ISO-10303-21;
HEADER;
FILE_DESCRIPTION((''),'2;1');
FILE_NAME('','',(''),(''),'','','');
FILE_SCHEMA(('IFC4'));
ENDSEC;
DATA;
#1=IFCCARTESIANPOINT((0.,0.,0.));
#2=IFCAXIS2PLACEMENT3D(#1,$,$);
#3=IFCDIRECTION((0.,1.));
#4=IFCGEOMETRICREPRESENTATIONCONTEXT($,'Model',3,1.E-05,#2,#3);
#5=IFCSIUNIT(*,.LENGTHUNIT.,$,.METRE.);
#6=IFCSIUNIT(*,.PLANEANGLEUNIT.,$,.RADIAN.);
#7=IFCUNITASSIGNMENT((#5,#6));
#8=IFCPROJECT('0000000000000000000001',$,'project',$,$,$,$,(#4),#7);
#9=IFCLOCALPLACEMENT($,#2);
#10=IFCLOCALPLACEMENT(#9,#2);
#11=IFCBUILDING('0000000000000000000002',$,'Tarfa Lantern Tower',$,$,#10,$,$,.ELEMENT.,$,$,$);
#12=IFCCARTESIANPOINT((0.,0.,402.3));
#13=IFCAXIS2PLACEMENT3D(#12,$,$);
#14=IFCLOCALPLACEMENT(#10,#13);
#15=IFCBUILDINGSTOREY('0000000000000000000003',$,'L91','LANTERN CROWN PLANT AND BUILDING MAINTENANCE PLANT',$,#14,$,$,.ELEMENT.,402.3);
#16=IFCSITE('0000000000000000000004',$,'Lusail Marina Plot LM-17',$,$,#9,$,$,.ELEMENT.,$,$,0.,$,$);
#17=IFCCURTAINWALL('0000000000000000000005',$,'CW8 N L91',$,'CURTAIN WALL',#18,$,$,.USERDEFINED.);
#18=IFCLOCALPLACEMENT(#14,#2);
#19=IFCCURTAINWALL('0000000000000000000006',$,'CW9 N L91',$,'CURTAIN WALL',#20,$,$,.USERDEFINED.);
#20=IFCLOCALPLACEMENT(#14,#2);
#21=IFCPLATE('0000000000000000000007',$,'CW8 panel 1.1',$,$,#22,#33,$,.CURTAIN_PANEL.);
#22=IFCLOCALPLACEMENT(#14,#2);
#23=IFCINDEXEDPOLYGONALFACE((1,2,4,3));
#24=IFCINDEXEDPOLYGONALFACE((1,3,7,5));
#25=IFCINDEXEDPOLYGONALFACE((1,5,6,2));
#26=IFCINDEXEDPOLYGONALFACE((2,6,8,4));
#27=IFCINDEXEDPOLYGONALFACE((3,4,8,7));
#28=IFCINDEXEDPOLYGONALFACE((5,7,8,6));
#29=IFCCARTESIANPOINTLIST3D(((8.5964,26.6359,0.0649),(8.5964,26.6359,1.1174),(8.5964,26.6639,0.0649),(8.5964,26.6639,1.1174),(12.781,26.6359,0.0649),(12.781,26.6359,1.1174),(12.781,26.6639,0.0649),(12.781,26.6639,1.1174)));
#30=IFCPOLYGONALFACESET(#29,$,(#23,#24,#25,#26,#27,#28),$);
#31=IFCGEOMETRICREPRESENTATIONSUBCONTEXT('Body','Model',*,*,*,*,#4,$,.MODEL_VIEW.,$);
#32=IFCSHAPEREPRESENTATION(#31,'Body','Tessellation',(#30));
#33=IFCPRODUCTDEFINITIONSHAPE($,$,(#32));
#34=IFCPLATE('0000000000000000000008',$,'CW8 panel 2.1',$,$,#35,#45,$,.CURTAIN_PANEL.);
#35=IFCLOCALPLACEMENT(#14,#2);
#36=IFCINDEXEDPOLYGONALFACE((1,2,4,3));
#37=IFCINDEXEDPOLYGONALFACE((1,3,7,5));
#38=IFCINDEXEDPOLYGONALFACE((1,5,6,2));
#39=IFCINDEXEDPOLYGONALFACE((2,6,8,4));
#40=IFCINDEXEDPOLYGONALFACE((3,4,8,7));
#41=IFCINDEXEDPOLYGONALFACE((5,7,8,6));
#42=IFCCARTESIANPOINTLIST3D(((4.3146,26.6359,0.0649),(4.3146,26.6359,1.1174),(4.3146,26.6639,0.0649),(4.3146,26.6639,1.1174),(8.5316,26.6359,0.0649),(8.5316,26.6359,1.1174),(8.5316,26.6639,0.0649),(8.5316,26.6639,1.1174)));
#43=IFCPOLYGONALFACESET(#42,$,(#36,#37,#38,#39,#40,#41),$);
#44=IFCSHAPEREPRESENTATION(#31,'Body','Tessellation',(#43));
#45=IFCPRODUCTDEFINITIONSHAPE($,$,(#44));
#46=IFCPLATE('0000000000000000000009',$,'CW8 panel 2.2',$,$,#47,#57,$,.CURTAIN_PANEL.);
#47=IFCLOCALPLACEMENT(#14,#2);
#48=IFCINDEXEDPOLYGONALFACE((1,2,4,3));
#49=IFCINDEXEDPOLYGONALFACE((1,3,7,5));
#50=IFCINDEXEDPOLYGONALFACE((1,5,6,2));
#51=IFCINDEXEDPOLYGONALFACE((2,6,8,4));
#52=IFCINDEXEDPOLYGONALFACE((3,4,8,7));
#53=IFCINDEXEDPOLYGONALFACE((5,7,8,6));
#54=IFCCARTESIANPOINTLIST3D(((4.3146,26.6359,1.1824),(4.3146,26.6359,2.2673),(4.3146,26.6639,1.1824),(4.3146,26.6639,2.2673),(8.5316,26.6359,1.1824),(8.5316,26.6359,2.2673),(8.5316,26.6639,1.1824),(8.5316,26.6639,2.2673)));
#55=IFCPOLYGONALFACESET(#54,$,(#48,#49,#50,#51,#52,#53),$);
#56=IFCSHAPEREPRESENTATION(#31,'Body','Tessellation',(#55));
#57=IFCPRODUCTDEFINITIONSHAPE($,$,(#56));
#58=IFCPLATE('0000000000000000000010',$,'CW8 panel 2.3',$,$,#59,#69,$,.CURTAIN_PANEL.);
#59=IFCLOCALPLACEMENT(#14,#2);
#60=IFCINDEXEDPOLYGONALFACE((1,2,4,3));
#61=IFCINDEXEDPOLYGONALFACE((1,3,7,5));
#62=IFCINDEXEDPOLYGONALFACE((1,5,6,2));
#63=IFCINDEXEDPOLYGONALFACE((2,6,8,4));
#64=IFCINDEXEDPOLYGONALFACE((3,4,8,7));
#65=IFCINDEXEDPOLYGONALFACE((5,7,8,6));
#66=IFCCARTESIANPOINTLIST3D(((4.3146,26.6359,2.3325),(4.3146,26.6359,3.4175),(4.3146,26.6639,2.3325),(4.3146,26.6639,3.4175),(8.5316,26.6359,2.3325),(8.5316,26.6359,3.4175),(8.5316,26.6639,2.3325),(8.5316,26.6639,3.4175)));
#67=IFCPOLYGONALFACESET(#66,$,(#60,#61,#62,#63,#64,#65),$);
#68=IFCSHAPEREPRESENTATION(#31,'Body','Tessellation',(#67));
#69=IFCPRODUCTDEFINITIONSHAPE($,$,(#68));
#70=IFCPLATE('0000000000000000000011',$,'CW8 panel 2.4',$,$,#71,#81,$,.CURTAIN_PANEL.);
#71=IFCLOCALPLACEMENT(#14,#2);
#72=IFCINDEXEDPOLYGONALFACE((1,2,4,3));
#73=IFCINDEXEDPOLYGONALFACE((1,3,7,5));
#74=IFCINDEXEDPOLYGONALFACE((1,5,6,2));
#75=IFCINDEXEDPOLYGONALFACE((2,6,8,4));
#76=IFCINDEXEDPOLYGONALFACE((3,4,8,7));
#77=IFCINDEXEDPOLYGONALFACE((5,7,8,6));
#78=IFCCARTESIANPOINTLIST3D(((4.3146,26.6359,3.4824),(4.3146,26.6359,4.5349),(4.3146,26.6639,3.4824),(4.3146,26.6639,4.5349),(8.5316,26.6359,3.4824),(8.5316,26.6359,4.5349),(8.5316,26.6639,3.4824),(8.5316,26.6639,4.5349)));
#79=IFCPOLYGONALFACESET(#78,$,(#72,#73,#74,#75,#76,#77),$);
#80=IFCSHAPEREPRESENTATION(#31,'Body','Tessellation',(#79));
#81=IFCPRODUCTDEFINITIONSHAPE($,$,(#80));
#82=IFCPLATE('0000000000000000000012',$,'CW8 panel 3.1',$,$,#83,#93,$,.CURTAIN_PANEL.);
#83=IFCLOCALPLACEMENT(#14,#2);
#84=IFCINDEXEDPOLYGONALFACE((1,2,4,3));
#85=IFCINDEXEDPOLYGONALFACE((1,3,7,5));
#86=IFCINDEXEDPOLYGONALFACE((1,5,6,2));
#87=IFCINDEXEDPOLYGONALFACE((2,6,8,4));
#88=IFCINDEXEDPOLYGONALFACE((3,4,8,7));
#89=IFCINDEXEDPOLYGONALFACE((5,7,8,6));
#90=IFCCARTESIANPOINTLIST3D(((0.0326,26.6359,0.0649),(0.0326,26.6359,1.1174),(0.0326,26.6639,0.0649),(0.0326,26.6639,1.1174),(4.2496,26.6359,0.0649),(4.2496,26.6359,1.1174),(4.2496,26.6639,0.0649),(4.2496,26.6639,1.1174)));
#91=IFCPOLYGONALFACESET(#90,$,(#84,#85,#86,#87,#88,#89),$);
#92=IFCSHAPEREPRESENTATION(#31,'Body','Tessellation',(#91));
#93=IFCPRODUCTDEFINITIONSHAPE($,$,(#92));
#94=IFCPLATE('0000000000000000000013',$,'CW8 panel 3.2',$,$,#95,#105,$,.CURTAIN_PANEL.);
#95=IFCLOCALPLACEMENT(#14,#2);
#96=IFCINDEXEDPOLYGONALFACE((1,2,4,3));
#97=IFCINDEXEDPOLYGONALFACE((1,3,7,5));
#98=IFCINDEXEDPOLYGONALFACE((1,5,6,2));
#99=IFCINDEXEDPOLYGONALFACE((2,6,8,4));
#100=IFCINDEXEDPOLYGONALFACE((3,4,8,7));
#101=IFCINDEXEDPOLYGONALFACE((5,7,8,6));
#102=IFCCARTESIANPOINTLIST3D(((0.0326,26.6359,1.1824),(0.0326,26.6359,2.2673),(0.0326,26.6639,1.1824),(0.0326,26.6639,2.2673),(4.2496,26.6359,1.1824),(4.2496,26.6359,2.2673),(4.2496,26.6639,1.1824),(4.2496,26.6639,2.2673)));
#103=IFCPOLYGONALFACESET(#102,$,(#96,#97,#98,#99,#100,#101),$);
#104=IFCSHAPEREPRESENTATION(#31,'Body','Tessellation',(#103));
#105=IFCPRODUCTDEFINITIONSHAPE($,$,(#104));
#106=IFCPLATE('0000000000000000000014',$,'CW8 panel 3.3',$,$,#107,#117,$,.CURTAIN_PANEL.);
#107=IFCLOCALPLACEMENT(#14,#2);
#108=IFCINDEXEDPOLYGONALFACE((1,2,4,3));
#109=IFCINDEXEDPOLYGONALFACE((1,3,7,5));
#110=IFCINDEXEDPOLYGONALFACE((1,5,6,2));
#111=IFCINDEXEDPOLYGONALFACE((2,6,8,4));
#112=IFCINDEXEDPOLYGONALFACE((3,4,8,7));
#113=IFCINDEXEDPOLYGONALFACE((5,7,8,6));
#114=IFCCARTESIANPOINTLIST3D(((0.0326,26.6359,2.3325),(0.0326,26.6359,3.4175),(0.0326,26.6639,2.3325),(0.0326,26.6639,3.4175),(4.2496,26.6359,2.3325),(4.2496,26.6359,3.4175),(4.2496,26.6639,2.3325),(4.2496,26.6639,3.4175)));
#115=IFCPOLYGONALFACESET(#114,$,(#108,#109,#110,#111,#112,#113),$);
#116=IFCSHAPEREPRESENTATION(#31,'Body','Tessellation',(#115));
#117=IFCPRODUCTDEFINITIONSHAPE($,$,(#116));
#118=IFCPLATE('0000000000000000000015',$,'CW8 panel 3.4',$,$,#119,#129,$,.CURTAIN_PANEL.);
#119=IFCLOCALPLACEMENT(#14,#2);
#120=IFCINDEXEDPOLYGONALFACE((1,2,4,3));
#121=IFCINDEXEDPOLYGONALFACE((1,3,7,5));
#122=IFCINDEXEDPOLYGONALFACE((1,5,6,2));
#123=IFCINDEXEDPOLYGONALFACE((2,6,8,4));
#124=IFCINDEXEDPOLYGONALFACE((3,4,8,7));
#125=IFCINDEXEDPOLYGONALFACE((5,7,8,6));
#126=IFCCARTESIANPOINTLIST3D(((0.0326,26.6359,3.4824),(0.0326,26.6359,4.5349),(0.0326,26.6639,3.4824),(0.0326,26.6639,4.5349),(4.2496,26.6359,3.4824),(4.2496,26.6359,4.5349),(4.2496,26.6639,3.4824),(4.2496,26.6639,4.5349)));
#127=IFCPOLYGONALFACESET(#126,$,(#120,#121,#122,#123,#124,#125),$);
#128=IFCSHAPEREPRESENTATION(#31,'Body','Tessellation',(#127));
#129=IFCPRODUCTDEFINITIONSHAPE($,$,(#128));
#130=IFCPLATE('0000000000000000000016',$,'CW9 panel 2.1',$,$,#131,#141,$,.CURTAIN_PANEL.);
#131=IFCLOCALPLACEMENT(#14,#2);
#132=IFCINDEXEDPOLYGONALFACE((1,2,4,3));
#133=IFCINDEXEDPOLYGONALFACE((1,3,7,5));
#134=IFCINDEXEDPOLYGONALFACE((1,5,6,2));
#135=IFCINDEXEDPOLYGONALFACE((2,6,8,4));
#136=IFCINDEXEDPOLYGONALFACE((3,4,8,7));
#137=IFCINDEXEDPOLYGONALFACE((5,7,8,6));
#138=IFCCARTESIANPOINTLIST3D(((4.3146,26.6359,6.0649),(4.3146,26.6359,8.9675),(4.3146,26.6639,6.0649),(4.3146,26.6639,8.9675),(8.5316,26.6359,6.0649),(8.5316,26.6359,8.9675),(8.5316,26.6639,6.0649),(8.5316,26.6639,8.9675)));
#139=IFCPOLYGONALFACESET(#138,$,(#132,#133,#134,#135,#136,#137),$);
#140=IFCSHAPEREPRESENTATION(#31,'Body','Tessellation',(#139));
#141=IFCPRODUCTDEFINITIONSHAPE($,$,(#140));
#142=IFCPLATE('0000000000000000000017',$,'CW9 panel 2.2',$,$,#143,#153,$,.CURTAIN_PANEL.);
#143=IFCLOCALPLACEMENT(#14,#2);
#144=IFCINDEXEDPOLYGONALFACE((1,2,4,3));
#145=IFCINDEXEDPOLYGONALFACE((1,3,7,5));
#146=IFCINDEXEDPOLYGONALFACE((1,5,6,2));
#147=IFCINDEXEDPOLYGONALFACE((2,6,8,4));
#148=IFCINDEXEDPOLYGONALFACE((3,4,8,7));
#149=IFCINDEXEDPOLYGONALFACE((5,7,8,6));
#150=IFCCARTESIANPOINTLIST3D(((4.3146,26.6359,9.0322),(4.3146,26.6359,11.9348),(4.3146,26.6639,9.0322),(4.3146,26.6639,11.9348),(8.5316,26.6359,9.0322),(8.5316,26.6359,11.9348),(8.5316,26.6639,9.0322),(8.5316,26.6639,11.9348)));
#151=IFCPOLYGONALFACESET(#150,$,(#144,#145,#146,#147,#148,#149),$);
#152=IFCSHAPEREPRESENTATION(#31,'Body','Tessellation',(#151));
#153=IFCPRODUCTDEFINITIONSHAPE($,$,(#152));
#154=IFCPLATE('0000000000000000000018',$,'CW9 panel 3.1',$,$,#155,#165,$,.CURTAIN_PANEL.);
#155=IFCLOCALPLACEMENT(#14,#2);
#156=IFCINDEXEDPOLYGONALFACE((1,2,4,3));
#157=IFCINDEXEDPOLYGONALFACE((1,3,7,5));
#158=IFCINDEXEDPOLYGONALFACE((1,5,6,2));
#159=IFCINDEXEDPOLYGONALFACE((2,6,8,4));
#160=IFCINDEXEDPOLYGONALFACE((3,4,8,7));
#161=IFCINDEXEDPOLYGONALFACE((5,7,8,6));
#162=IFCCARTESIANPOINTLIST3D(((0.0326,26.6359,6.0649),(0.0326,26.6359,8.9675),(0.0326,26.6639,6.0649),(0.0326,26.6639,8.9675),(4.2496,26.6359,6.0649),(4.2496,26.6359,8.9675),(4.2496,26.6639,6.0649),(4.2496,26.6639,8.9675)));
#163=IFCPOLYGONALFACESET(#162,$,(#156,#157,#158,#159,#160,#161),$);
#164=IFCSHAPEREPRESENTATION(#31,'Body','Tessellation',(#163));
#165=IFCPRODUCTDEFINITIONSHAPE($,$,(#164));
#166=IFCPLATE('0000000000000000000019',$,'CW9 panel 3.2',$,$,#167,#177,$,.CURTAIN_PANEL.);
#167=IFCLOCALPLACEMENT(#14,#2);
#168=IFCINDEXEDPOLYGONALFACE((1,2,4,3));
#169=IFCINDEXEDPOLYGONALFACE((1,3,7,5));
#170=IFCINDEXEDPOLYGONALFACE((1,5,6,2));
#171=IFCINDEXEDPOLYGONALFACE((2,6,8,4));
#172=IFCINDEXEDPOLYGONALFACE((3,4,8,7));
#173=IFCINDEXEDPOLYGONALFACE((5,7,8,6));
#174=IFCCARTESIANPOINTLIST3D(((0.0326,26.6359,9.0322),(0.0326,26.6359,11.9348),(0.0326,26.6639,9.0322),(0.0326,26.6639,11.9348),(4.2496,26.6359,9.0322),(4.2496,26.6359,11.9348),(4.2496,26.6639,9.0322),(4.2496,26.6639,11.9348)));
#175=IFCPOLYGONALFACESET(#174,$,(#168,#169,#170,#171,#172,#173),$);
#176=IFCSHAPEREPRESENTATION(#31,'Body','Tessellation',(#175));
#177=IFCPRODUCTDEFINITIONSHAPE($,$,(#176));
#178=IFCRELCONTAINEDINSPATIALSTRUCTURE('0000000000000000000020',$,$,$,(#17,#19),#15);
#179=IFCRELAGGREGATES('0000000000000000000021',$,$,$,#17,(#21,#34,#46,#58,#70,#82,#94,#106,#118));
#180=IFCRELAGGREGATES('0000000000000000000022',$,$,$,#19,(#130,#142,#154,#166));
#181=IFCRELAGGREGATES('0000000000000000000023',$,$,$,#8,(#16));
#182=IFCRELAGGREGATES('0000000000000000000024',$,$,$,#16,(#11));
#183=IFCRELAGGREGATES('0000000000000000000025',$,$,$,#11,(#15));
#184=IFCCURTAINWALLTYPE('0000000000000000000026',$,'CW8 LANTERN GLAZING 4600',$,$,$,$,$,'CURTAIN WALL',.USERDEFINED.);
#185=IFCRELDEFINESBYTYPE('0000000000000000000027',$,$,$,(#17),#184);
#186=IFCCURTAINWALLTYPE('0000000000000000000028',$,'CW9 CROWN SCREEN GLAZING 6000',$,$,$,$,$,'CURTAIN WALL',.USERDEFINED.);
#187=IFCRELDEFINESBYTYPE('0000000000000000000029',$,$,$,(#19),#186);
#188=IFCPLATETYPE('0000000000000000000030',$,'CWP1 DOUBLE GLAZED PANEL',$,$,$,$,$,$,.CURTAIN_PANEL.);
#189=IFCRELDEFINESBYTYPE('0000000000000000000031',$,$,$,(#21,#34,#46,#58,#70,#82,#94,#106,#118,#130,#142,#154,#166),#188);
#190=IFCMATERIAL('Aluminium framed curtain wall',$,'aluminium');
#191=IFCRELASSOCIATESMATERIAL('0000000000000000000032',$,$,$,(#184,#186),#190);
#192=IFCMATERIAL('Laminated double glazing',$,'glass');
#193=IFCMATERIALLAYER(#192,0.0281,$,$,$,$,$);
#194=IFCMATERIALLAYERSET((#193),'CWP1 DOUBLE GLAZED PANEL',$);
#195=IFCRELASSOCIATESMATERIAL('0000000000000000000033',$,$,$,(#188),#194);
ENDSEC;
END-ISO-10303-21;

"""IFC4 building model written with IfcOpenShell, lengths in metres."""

from ifc_helpers import new_model, si_unit, direction, frame, origin, origin_2d, place, context, subcontext, project, spatial, rectangle, extrude, material, layer, layer_set, type_object, element, aggregate, save


model = new_model("IFC4")

# Units and contexts
model_context = context("Model", 3, precision=1e-05, world=origin(), true_north=direction((0.0, 1.0)))
body_context = subcontext(model_context, "Body", "Model", "MODEL_VIEW")
ifc_project = project(units=[si_unit("LENGTHUNIT", "METRE"), si_unit("PLANEANGLEUNIT", "RADIAN")], contexts=[model_context])

# Site, building, storey
site_placement = place(None, origin())
site = spatial("IfcSite", under=ifc_project, at=site_placement, Name="Lusail Marina Plot LM-17", CompositionType="ELEMENT", RefElevation=0.0)
building_placement = place(site_placement, origin())
building = spatial("IfcBuilding", under=site, at=building_placement, Name="Tarfa Lantern Tower", CompositionType="ELEMENT")
storey_placement = place(building_placement, frame((0.0, 0.0, 402.3)))
storey = spatial("IfcBuildingStorey", under=building, at=storey_placement, Name="L91", Description="LANTERN CROWN PLANT AND BUILDING MAINTENANCE PLANT", CompositionType="ELEMENT", Elevation=402.3)

# Curtain walls
ifc_material_1 = material(Name="Aluminium framed curtain wall", Category="aluminium")
curtain_wall_type_1 = type_object("IfcCurtainWallType", Name="CW8 LANTERN GLAZING 4600", ElementType="CURTAIN WALL", PredefinedType="USERDEFINED", material=ifc_material_1)
curtain_wall_1_placement = place(storey_placement, origin())
curtain_wall_1 = element("IfcCurtainWall", 1, at=curtain_wall_1_placement, inside=storey, type_object=curtain_wall_type_1, Name="CW8 N L91", ObjectType="CURTAIN WALL", PredefinedType="USERDEFINED")
curtain_wall_type_2 = type_object("IfcCurtainWallType", Name="CW9 CROWN SCREEN GLAZING 6000", ElementType="CURTAIN WALL", PredefinedType="USERDEFINED", material=ifc_material_1)
curtain_wall_2_placement = place(storey_placement, origin())
curtain_wall_2 = element("IfcCurtainWall", 2, at=curtain_wall_2_placement, inside=storey, type_object=curtain_wall_type_2, Name="CW9 N L91", ObjectType="CURTAIN WALL", PredefinedType="USERDEFINED")

# Plates
ifc_material_2 = material(Name="Laminated double glazing", Category="glass")
ifc_layer = layer(ifc_material_2, 0.0281)
ifc_layer_set = layer_set([ifc_layer], Name="CWP1 DOUBLE GLAZED PANEL")
plate_type = type_object("IfcPlateType", Name="CWP1 DOUBLE GLAZED PANEL", PredefinedType="CURTAIN_PANEL", material=ifc_layer_set)
plate_1_placement = place(storey_placement, frame((10.6887, 26.6499, 0.0649), z_axis=(0.0, 0.0, 1.0), x_axis=(-1.0, 0.0, 0.0)))
plate_1 = element("IfcPlate", 3, at=plate_1_placement, type_object=plate_type, Name="CW8 panel 1.1", PredefinedType="CURTAIN_PANEL", context=body_context, shape_type="SweptSolid", body=[
    extrude(rectangle(XDim=4.1846, YDim=0.0281, at=origin_2d()), origin(), (0.0, 0.0, 1.0), 1.0525),
])
plate_2_placement = place(storey_placement, frame((6.4231, 26.6499, 0.0649), z_axis=(0.0, 0.0, 1.0), x_axis=(-1.0, 0.0, 0.0)))
plate_2 = element("IfcPlate", 4, at=plate_2_placement, type_object=plate_type, Name="CW8 panel 2.1", PredefinedType="CURTAIN_PANEL", context=body_context, shape_type="SweptSolid", body=[
    extrude(rectangle(XDim=4.217, YDim=0.0281, at=origin_2d()), origin(), (0.0, 0.0, 1.0), 1.0525),
])
plate_3_placement = place(storey_placement, frame((6.4231, 26.6499, 1.1824), z_axis=(0.0, 0.0, 1.0), x_axis=(-1.0, 0.0, 0.0)))
plate_3 = element("IfcPlate", 5, at=plate_3_placement, type_object=plate_type, Name="CW8 panel 2.2", PredefinedType="CURTAIN_PANEL", context=body_context, shape_type="SweptSolid", body=[
    extrude(rectangle(XDim=4.217, YDim=0.0281, at=origin_2d()), origin(), (0.0, 0.0, 1.0), 1.085),
])
plate_4_placement = place(storey_placement, frame((6.4231, 26.6499, 2.3325), z_axis=(0.0, 0.0, 1.0), x_axis=(-1.0, 0.0, 0.0)))
plate_4 = element("IfcPlate", 6, at=plate_4_placement, type_object=plate_type, Name="CW8 panel 2.3", PredefinedType="CURTAIN_PANEL", context=body_context, shape_type="SweptSolid", body=[
    extrude(rectangle(XDim=4.217, YDim=0.0281, at=origin_2d()), origin(), (0.0, 0.0, 1.0), 1.085),
])
plate_5_placement = place(storey_placement, frame((6.4231, 26.6499, 3.4824), z_axis=(0.0, 0.0, 1.0), x_axis=(-1.0, 0.0, 0.0)))
plate_5 = element("IfcPlate", 7, at=plate_5_placement, type_object=plate_type, Name="CW8 panel 2.4", PredefinedType="CURTAIN_PANEL", context=body_context, shape_type="SweptSolid", body=[
    extrude(rectangle(XDim=4.217, YDim=0.0281, at=origin_2d()), origin(), (0.0, 0.0, 1.0), 1.0525),
])
plate_6_placement = place(storey_placement, frame((2.1411, 26.6499, 0.0649), z_axis=(0.0, 0.0, 1.0), x_axis=(-1.0, 0.0, 0.0)))
plate_6 = element("IfcPlate", 8, at=plate_6_placement, type_object=plate_type, Name="CW8 panel 3.1", PredefinedType="CURTAIN_PANEL", context=body_context, shape_type="SweptSolid", body=[
    extrude(rectangle(XDim=4.217, YDim=0.0281, at=origin_2d()), origin(), (0.0, 0.0, 1.0), 1.0525),
])
plate_7_placement = place(storey_placement, frame((2.1411, 26.6499, 1.1824), z_axis=(0.0, 0.0, 1.0), x_axis=(-1.0, 0.0, 0.0)))
plate_7 = element("IfcPlate", 9, at=plate_7_placement, type_object=plate_type, Name="CW8 panel 3.2", PredefinedType="CURTAIN_PANEL", context=body_context, shape_type="SweptSolid", body=[
    extrude(rectangle(XDim=4.217, YDim=0.0281, at=origin_2d()), origin(), (0.0, 0.0, 1.0), 1.085),
])
plate_8_placement = place(storey_placement, frame((2.1411, 26.6499, 2.3325), z_axis=(0.0, 0.0, 1.0), x_axis=(-1.0, 0.0, 0.0)))
plate_8 = element("IfcPlate", 10, at=plate_8_placement, type_object=plate_type, Name="CW8 panel 3.3", PredefinedType="CURTAIN_PANEL", context=body_context, shape_type="SweptSolid", body=[
    extrude(rectangle(XDim=4.217, YDim=0.0281, at=origin_2d()), origin(), (0.0, 0.0, 1.0), 1.085),
])
plate_9_placement = place(storey_placement, frame((2.1411, 26.6499, 3.4824), z_axis=(0.0, 0.0, 1.0), x_axis=(-1.0, 0.0, 0.0)))
plate_9 = element("IfcPlate", 11, at=plate_9_placement, type_object=plate_type, Name="CW8 panel 3.4", PredefinedType="CURTAIN_PANEL", context=body_context, shape_type="SweptSolid", body=[
    extrude(rectangle(XDim=4.217, YDim=0.0281, at=origin_2d()), origin(), (0.0, 0.0, 1.0), 1.0525),
])
aggregate(curtain_wall_1, [plate_1, plate_2, plate_3, plate_4, plate_5, plate_6, plate_7, plate_8, plate_9])
plate_10_placement = place(storey_placement, frame((6.4231, 26.6499, 6.0649), z_axis=(0.0, 0.0, 1.0), x_axis=(-1.0, 0.0, 0.0)))
plate_10 = element("IfcPlate", 12, at=plate_10_placement, type_object=plate_type, Name="CW9 panel 2.1", PredefinedType="CURTAIN_PANEL", context=body_context, shape_type="SweptSolid", body=[
    extrude(rectangle(XDim=4.217, YDim=0.0281, at=origin_2d()), origin(), (0.0, 0.0, 1.0), 2.9026),
])
plate_11_placement = place(storey_placement, frame((6.4231, 26.6499, 9.0322), z_axis=(0.0, 0.0, 1.0), x_axis=(-1.0, 0.0, 0.0)))
plate_11 = element("IfcPlate", 13, at=plate_11_placement, type_object=plate_type, Name="CW9 panel 2.2", PredefinedType="CURTAIN_PANEL", context=body_context, shape_type="SweptSolid", body=[
    extrude(rectangle(XDim=4.217, YDim=0.0281, at=origin_2d()), origin(), (0.0, 0.0, 1.0), 2.9026),
])
plate_12_placement = place(storey_placement, frame((2.1411, 26.6499, 6.0649), z_axis=(0.0, 0.0, 1.0), x_axis=(-1.0, 0.0, 0.0)))
plate_12 = element("IfcPlate", 14, at=plate_12_placement, type_object=plate_type, Name="CW9 panel 3.1", PredefinedType="CURTAIN_PANEL", context=body_context, shape_type="SweptSolid", body=[
    extrude(rectangle(XDim=4.217, YDim=0.0281, at=origin_2d()), origin(), (0.0, 0.0, 1.0), 2.9026),
])
plate_13_placement = place(storey_placement, frame((2.1411, 26.6499, 9.0322), z_axis=(0.0, 0.0, 1.0), x_axis=(-1.0, 0.0, 0.0)))
plate_13 = element("IfcPlate", 15, at=plate_13_placement, type_object=plate_type, Name="CW9 panel 3.2", PredefinedType="CURTAIN_PANEL", context=body_context, shape_type="SweptSolid", body=[
    extrude(rectangle(XDim=4.217, YDim=0.0281, at=origin_2d()), origin(), (0.0, 0.0, 1.0), 2.9026),
])
aggregate(curtain_wall_2, [plate_10, plate_11, plate_12, plate_13])

save(model, "model.ifc")
